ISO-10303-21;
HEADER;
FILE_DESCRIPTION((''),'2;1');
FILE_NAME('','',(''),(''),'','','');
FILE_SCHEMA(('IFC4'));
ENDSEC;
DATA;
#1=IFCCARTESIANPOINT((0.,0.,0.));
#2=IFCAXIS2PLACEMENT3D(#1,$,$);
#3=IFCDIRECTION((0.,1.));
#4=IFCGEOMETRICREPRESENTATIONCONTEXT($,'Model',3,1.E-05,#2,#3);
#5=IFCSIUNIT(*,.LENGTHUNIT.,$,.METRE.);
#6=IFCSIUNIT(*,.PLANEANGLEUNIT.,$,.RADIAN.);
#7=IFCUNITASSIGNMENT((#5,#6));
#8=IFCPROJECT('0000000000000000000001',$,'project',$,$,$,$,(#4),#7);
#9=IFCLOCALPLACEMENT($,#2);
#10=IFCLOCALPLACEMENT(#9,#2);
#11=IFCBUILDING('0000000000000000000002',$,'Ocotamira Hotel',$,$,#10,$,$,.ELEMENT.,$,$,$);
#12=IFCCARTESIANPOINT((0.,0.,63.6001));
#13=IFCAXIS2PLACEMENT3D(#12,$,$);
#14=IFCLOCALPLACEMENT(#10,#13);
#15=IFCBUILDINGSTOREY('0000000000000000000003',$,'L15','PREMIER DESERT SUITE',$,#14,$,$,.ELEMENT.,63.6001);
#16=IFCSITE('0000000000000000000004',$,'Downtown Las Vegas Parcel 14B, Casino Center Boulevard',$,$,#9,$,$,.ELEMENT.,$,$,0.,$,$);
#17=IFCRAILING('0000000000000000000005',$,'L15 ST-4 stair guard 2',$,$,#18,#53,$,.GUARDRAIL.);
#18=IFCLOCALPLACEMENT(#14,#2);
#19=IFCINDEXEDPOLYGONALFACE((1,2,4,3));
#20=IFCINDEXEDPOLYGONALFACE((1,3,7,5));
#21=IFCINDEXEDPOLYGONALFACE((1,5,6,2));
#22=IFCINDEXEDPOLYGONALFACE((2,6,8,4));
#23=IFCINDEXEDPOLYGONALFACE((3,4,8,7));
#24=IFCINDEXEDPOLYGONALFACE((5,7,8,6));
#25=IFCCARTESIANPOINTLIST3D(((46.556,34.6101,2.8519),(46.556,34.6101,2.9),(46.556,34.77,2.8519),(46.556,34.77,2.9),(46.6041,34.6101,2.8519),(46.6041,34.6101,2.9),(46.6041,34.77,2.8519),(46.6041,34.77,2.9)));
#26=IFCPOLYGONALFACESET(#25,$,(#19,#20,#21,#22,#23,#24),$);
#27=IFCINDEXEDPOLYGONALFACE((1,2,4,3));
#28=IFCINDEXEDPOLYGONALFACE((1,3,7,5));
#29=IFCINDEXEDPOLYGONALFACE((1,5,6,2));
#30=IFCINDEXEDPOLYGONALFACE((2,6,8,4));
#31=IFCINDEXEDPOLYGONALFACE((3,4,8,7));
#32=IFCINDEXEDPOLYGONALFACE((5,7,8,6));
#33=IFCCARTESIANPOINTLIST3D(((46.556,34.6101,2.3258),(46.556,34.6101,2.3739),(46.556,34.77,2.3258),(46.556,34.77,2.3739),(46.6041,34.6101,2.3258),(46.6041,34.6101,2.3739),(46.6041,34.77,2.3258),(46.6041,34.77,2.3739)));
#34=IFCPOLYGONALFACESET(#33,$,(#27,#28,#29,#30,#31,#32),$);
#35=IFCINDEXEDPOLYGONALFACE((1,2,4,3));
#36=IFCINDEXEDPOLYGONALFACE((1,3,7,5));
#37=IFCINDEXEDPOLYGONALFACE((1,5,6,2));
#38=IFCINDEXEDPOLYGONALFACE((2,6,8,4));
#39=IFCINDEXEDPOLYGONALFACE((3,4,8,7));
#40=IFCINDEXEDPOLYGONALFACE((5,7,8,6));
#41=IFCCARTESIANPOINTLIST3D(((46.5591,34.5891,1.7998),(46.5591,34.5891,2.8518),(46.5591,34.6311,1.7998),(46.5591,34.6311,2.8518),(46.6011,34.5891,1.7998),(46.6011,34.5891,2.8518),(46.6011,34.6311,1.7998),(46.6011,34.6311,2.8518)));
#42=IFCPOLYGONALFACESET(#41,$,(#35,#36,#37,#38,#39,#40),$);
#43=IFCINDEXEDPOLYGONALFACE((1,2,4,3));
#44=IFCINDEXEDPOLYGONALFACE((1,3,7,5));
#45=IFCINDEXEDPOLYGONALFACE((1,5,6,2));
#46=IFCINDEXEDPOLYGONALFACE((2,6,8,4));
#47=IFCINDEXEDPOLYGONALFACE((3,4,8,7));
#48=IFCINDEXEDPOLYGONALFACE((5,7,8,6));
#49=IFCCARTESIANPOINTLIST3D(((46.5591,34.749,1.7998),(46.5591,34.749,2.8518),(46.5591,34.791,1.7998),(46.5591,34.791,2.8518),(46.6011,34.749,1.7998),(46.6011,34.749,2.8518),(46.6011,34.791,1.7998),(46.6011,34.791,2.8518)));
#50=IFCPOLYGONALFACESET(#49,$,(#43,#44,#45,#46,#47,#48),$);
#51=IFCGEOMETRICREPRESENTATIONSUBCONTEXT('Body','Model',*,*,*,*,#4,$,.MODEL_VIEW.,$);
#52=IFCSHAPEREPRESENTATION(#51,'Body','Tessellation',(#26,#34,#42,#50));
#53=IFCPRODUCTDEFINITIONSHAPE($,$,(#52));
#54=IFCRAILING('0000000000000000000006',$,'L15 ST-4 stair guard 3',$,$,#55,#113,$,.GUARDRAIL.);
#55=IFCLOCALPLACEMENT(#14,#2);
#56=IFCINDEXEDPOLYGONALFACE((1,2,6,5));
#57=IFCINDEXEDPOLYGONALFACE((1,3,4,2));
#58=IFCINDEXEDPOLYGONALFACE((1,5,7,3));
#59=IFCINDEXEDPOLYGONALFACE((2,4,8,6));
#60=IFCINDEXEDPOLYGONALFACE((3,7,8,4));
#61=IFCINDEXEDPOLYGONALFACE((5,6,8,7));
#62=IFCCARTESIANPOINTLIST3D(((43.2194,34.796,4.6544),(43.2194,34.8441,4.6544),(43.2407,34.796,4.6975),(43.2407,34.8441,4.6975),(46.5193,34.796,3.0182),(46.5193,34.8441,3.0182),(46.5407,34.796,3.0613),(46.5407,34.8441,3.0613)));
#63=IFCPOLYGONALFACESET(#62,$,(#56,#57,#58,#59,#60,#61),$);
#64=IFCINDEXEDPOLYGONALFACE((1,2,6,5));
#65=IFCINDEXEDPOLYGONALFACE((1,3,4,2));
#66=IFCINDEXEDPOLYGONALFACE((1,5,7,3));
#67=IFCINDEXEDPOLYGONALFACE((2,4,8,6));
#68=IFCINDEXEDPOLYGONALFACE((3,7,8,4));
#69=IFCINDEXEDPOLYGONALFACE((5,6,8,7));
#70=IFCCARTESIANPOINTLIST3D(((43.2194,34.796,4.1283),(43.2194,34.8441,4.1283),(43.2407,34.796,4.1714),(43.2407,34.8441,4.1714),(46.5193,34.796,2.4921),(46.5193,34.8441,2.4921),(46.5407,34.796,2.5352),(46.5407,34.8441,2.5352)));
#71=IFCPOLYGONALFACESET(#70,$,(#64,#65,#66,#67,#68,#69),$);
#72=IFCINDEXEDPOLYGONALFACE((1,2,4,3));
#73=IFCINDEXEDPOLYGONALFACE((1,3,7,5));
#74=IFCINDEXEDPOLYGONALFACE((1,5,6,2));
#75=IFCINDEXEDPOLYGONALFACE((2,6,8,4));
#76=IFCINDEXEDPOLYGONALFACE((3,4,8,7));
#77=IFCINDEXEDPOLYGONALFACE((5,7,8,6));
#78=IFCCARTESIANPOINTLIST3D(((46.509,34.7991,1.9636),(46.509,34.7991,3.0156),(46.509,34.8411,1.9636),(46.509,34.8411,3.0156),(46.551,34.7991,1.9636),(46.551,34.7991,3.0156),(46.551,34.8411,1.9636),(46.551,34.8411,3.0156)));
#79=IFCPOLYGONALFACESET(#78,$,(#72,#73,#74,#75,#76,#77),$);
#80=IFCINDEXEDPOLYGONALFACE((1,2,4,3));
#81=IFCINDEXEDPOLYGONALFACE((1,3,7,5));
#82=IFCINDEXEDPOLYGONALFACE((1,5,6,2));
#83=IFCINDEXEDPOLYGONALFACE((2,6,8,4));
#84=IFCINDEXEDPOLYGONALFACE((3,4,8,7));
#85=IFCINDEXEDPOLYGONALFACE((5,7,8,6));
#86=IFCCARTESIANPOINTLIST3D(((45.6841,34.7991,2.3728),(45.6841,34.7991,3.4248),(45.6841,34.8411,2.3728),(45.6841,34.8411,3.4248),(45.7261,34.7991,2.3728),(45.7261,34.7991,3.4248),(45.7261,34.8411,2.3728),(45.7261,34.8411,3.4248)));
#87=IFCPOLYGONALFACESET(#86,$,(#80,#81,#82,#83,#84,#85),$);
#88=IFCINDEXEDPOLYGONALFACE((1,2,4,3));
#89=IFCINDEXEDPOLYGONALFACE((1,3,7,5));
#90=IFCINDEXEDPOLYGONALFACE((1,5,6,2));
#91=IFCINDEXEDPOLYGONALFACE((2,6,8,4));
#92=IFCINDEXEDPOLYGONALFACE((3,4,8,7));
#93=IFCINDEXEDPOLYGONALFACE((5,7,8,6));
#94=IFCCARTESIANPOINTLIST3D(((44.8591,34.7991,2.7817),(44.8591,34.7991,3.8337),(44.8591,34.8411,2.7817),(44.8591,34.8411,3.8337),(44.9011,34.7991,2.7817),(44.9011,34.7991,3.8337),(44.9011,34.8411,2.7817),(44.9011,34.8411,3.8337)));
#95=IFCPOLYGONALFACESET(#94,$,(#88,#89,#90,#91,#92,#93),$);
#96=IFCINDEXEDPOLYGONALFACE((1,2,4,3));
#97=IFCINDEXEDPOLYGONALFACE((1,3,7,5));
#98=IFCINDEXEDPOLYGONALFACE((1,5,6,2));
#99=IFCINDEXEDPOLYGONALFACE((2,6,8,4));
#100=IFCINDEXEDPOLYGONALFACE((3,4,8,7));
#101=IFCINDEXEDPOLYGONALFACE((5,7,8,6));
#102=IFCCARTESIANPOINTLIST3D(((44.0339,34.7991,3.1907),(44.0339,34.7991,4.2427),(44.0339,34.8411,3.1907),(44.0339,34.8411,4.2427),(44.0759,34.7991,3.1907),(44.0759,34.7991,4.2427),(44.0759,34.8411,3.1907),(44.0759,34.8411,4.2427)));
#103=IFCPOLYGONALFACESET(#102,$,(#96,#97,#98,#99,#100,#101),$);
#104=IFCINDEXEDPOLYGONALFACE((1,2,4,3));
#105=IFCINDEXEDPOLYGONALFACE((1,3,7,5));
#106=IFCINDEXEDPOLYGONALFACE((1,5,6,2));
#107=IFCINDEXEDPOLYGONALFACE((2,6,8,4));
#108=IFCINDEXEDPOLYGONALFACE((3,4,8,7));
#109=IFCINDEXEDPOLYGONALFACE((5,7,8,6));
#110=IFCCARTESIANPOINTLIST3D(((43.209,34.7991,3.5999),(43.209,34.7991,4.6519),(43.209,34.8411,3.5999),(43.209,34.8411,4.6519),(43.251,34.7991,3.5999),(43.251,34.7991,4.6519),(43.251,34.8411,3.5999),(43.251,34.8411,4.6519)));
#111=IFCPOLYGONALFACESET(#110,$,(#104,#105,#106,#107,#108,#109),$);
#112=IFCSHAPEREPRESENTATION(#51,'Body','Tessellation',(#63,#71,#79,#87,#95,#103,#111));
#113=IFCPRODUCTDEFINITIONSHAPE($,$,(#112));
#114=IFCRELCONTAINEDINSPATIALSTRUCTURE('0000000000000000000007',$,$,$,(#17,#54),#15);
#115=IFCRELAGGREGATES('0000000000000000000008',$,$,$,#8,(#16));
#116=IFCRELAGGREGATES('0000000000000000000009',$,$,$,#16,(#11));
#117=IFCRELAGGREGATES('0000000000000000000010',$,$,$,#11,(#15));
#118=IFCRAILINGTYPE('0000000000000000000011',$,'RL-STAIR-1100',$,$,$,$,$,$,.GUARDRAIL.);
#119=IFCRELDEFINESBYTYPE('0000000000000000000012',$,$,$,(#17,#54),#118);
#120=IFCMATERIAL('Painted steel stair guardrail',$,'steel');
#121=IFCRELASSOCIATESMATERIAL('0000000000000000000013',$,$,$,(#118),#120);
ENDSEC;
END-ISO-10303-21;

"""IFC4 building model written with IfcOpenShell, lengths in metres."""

from ifc_helpers import new_model, si_unit, direction, frame, origin, origin_2d, place, context, subcontext, project, spatial, rectangle, extrude, material, type_object, element, save


model = new_model("IFC4")

# Units and contexts
model_context = context("Model", 3, precision=1e-05, world=origin(), true_north=direction((0.0, 1.0)))
body_context = subcontext(model_context, "Body", "Model", "MODEL_VIEW")
ifc_project = project(units=[si_unit("LENGTHUNIT", "METRE"), si_unit("PLANEANGLEUNIT", "RADIAN")], contexts=[model_context])

# Site, building, storey
site_placement = place(None, origin())
site = spatial("IfcSite", under=ifc_project, at=site_placement, Name="Downtown Las Vegas Parcel 14B, Casino Center Boulevard", CompositionType="ELEMENT", RefElevation=0.0)
building_placement = place(site_placement, origin())
building = spatial("IfcBuilding", under=site, at=building_placement, Name="Ocotamira Hotel", CompositionType="ELEMENT")
storey_placement = place(building_placement, frame((0.0, 0.0, 63.6001)))
storey = spatial("IfcBuildingStorey", under=building, at=storey_placement, Name="L15", Description="PREMIER DESERT SUITE", CompositionType="ELEMENT", Elevation=63.6001)

# Railings
ifc_material_1 = material(Name="Painted steel stair guardrail", Category="steel")
railing_type_1 = type_object("IfcRailingType", Name="RL-STAIR-1100", PredefinedType="GUARDRAIL", material=ifc_material_1)
railing_1_placement = place(storey_placement, frame((46.5801, 34.6101, 1.7998)))
element("IfcRailing", 1, at=railing_1_placement, inside=storey, type_object=railing_type_1, Name="L15 ST-4 stair guard 2", PredefinedType="GUARDRAIL", context=body_context, shape_type="SweptSolid", body=[
    extrude(rectangle(XDim=0.0481, YDim=0.0481, at=origin_2d()), frame((0.0, 0.0, 1.0762), z_axis=(0.0, 1.0, 0.0), x_axis=(-1.0, 0.0, 0.0)), (0.0, 0.0, 1.0), 0.1599),
    extrude(rectangle(XDim=0.0481, YDim=0.0481, at=origin_2d()), frame((0.0, 0.0, 0.55), z_axis=(0.0, 1.0, 0.0), x_axis=(-1.0, 0.0, 0.0)), (0.0, 0.0, 1.0), 0.1599),
    extrude(rectangle(XDim=0.042, YDim=0.042, at=origin_2d()), origin(), (0.0, 0.0, 1.0), 1.052),
    extrude(rectangle(XDim=0.042, YDim=0.042, at=origin_2d()), frame((0.0, 0.1599, 0.0)), (0.0, 0.0, 1.0), 1.052),
])
railing_2_placement = place(storey_placement, frame((46.53, 34.8201, 1.9636)))
element("IfcRailing", 2, at=railing_2_placement, inside=storey, type_object=railing_type_1, Name="L15 ST-4 stair guard 3", PredefinedType="GUARDRAIL", context=body_context, shape_type="SweptSolid", body=[
    extrude(rectangle(XDim=0.0481, YDim=0.0481, at=origin_2d()), frame((0.0, 0.0, 1.0762), z_axis=(-0.89592, 0.0, 0.444215), x_axis=(0.0, -1.0, 0.0)), (0.0, 0.0, 1.0), 3.6833),
    extrude(rectangle(XDim=0.0481, YDim=0.0481, at=origin_2d()), frame((0.0, 0.0, 0.55), z_axis=(-0.89592, 0.0, 0.444215), x_axis=(0.0, -1.0, 0.0)), (0.0, 0.0, 1.0), 3.6833),
    extrude(rectangle(XDim=0.042, YDim=0.042, at=origin_2d()), origin(), (0.0, 0.0, 1.0), 1.052),
    extrude(rectangle(XDim=0.042, YDim=0.042, at=origin_2d()), frame((-0.825, 0.0, 0.4092)), (0.0, 0.0, 1.0), 1.052),
    extrude(rectangle(XDim=0.042, YDim=0.042, at=origin_2d()), frame((-1.6499, 0.0, 0.8181)), (0.0, 0.0, 1.0), 1.052),
    extrude(rectangle(XDim=0.042, YDim=0.042, at=origin_2d()), frame((-2.4751, 0.0, 1.2271)), (0.0, 0.0, 1.0), 1.052),
    extrude(rectangle(XDim=0.042, YDim=0.042, at=origin_2d()), frame((-3.3, 0.0, 1.6362)), (0.0, 0.0, 1.0), 1.052),
])

save(model, "model.ifc")
